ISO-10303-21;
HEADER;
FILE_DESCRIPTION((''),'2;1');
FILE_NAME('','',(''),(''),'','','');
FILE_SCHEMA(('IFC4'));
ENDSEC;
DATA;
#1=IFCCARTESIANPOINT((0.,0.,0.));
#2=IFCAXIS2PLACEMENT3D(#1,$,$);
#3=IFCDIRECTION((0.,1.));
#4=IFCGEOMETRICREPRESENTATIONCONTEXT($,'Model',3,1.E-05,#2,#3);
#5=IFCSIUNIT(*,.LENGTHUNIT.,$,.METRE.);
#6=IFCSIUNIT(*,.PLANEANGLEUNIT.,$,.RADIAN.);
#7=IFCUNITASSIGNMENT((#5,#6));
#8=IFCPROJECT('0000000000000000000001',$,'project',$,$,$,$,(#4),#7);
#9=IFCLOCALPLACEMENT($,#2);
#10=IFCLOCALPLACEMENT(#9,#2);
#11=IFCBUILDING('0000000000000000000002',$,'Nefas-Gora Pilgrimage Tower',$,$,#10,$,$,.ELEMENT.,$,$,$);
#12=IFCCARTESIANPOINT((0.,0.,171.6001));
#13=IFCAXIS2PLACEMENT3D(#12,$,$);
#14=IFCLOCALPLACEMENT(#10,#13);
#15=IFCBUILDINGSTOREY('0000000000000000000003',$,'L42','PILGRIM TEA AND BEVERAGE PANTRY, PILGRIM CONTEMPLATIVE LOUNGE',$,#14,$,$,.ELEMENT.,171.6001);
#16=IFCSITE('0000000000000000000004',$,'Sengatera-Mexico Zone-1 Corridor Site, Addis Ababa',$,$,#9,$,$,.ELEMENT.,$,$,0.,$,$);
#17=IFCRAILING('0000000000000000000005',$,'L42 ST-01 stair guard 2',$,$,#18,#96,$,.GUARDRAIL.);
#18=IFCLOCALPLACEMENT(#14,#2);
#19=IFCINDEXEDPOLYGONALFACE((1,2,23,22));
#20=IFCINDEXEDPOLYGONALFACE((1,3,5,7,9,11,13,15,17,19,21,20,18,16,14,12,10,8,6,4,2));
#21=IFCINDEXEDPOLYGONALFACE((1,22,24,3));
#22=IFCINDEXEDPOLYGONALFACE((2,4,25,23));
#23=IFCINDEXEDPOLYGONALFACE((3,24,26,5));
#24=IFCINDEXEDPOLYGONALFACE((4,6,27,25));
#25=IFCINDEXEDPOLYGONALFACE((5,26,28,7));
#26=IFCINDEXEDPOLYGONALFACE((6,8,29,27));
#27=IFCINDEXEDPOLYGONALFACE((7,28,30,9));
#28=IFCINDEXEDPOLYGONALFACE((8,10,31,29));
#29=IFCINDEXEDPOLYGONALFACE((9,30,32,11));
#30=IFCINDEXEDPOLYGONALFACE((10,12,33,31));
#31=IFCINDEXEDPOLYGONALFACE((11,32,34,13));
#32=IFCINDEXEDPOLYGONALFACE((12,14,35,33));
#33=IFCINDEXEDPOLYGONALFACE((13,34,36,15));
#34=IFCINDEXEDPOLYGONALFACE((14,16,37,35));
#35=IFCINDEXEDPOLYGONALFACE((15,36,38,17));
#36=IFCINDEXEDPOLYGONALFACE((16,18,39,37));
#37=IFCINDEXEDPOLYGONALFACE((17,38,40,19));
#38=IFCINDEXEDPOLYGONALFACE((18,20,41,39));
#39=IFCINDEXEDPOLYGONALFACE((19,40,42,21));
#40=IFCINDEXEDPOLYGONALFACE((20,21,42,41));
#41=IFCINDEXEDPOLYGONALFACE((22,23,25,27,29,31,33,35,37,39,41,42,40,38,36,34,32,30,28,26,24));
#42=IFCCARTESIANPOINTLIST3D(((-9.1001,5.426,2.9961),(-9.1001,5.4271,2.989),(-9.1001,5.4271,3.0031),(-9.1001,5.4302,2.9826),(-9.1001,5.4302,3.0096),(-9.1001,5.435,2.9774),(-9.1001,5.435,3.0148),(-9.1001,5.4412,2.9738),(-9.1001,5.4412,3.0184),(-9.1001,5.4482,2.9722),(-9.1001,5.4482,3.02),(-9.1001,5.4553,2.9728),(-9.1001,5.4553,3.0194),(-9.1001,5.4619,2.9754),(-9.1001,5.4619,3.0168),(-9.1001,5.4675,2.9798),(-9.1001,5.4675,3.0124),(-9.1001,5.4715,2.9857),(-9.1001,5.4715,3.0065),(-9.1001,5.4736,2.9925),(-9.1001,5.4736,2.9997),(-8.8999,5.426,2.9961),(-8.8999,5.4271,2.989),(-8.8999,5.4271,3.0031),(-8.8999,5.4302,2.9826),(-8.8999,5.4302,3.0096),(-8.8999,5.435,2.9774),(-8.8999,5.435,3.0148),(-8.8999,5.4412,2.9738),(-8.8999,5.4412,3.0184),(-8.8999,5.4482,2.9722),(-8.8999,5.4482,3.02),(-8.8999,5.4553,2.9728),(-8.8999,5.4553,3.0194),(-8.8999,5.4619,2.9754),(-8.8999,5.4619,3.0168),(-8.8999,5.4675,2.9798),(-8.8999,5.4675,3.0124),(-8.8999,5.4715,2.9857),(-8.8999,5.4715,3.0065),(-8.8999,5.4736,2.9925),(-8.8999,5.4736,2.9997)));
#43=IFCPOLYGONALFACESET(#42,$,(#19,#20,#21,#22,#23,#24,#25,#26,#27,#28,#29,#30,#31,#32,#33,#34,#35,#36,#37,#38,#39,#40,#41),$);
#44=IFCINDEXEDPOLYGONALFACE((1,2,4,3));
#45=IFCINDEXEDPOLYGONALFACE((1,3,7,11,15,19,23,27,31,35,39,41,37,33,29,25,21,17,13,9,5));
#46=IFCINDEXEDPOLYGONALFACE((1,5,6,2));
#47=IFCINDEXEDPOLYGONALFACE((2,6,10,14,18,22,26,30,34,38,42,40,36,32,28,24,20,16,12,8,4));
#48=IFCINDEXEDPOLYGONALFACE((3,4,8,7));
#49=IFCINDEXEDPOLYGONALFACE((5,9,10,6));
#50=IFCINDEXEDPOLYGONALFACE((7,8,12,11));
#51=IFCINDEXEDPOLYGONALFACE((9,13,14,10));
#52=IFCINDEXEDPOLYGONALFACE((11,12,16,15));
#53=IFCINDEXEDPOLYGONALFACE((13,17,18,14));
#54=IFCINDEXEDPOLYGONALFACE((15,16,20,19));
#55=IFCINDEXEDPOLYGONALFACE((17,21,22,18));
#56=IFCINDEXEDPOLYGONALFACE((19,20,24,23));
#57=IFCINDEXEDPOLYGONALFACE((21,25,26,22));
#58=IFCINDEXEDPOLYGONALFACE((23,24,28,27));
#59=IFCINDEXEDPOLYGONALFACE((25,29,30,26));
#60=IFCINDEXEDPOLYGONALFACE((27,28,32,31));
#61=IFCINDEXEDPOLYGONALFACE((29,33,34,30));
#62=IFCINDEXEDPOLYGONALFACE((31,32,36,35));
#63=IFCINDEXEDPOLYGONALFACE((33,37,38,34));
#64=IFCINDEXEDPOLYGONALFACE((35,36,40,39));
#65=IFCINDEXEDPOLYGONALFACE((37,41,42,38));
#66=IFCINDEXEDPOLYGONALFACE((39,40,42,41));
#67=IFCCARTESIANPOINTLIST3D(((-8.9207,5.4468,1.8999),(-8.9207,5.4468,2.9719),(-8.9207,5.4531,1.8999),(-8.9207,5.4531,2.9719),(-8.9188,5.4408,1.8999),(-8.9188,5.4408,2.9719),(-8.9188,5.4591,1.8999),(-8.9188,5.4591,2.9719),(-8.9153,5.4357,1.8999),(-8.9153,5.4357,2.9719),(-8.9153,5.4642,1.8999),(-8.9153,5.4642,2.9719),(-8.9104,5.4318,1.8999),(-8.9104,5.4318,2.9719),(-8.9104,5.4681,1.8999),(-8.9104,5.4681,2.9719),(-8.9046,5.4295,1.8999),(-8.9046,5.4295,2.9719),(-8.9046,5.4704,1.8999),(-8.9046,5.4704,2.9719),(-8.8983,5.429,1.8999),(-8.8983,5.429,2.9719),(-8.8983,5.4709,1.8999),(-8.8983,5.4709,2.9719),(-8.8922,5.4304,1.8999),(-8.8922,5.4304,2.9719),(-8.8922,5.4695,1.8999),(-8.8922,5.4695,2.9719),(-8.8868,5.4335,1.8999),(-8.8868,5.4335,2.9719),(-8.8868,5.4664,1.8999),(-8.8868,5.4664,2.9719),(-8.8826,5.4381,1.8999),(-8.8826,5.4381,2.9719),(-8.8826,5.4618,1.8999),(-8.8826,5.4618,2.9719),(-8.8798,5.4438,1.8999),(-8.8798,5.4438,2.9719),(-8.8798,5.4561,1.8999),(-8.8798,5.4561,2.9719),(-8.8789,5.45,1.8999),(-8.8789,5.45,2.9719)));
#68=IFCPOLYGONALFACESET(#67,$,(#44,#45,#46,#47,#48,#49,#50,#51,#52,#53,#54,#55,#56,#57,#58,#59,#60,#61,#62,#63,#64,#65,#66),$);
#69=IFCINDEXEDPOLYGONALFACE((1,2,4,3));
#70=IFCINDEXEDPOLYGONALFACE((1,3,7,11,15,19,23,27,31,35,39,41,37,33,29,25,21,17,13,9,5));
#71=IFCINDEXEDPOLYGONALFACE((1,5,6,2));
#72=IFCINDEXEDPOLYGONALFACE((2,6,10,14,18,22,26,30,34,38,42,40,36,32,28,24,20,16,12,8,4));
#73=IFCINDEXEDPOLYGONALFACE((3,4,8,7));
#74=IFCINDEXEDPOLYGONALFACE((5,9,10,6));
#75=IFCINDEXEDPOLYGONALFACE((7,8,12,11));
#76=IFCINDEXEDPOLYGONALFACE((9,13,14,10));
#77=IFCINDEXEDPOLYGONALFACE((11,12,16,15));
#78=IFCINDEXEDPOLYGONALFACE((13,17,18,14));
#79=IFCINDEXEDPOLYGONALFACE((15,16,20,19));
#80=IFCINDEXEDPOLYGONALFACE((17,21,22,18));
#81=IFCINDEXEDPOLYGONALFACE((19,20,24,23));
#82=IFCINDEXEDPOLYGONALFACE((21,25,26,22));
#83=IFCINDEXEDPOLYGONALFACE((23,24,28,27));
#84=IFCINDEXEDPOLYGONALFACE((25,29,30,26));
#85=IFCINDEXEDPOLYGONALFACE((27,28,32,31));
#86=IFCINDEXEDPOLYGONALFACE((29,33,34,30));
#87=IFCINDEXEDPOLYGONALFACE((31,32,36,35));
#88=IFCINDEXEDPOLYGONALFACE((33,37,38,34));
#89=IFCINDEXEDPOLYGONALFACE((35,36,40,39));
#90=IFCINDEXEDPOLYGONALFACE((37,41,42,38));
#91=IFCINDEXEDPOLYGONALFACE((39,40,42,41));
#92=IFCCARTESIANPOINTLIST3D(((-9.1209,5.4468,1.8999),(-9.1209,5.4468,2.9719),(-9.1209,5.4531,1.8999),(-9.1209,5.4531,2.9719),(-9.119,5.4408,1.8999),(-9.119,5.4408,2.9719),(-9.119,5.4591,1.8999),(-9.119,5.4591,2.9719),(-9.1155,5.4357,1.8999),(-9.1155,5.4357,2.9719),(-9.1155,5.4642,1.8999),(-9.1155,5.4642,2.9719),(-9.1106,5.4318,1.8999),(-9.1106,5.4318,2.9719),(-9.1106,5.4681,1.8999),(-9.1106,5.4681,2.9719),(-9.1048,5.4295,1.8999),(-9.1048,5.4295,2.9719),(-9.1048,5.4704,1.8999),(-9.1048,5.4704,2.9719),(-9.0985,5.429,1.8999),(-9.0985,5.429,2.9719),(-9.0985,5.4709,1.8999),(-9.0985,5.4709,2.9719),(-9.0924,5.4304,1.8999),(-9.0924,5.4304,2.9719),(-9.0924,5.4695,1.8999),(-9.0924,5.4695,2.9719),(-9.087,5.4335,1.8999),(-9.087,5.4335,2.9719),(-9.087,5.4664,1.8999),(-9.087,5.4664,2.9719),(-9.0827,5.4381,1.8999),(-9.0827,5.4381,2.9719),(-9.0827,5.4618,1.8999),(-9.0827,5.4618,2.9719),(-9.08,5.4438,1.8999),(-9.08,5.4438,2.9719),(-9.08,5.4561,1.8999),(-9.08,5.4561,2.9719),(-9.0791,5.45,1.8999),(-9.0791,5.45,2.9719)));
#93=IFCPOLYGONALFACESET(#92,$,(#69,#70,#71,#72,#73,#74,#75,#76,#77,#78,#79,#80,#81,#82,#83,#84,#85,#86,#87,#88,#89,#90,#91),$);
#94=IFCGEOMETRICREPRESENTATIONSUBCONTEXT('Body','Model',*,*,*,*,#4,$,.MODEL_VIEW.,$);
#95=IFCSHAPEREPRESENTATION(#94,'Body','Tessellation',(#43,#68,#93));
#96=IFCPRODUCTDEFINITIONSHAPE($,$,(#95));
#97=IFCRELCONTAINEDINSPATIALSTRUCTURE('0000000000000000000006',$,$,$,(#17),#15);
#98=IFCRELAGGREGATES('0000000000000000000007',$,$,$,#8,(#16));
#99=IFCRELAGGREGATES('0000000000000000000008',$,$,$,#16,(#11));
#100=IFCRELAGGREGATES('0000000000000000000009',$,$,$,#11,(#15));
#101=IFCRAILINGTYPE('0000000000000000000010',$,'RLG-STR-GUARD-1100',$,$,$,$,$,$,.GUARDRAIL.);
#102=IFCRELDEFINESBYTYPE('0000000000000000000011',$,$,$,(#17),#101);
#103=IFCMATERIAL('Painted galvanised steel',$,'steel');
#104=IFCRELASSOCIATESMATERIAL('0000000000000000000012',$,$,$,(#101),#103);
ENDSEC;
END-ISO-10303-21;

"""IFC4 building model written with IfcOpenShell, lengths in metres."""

from ifc_helpers import new_model, si_unit, direction, frame, origin, origin_2d, place, context, subcontext, project, spatial, circle, extrude, material, type_object, element, save


model = new_model("IFC4")

# Units and contexts
model_context = context("Model", 3, precision=1e-05, world=origin(), true_north=direction((0.0, 1.0)))
body_context = subcontext(model_context, "Body", "Model", "MODEL_VIEW")
ifc_project = project(units=[si_unit("LENGTHUNIT", "METRE"), si_unit("PLANEANGLEUNIT", "RADIAN")], contexts=[model_context])

# Site, building, storey
site_placement = place(None, origin())
site = spatial("IfcSite", under=ifc_project, at=site_placement, Name="Sengatera-Mexico Zone-1 Corridor Site, Addis Ababa", CompositionType="ELEMENT", RefElevation=0.0)
building_placement = place(site_placement, origin())
building = spatial("IfcBuilding", under=site, at=building_placement, Name="Nefas-Gora Pilgrimage Tower", CompositionType="ELEMENT")
storey_placement = place(building_placement, frame((0.0, 0.0, 171.6001)))
storey = spatial("IfcBuildingStorey", under=building, at=storey_placement, Name="L42", Description="PILGRIM TEA AND BEVERAGE PANTRY, PILGRIM CONTEMPLATIVE LOUNGE", CompositionType="ELEMENT", Elevation=171.6001)

# Railing
ifc_material_1 = material(Name="Painted galvanised steel", Category="steel")
railing_type_1 = type_object("IfcRailingType", Name="RLG-STR-GUARD-1100", PredefinedType="GUARDRAIL", material=ifc_material_1)
railing_1_placement = place(storey_placement, frame((-8.8999, 5.45, 1.8999)))
element("IfcRailing", 1, at=railing_1_placement, inside=storey, type_object=railing_type_1, Name="L42 ST-01 stair guard 2", PredefinedType="GUARDRAIL", context=body_context, shape_type="SweptSolid", body=[
    extrude(circle(Radius=0.0239, at=origin_2d()), frame((0.0, 0.0, 1.0962), z_axis=(-1.0, 0.0, 0.0), x_axis=(0.0, -1.0, 0.0)), (0.0, 0.0, 1.0), 0.2002),
    extrude(circle(Radius=0.021, at=origin_2d()), origin(), (0.0, 0.0, 1.0), 1.072),
    extrude(circle(Radius=0.021, at=origin_2d()), frame((-0.2002, 0.0, 0.0)), (0.0, 0.0, 1.0), 1.072),
])

save(model, "model.ifc")
